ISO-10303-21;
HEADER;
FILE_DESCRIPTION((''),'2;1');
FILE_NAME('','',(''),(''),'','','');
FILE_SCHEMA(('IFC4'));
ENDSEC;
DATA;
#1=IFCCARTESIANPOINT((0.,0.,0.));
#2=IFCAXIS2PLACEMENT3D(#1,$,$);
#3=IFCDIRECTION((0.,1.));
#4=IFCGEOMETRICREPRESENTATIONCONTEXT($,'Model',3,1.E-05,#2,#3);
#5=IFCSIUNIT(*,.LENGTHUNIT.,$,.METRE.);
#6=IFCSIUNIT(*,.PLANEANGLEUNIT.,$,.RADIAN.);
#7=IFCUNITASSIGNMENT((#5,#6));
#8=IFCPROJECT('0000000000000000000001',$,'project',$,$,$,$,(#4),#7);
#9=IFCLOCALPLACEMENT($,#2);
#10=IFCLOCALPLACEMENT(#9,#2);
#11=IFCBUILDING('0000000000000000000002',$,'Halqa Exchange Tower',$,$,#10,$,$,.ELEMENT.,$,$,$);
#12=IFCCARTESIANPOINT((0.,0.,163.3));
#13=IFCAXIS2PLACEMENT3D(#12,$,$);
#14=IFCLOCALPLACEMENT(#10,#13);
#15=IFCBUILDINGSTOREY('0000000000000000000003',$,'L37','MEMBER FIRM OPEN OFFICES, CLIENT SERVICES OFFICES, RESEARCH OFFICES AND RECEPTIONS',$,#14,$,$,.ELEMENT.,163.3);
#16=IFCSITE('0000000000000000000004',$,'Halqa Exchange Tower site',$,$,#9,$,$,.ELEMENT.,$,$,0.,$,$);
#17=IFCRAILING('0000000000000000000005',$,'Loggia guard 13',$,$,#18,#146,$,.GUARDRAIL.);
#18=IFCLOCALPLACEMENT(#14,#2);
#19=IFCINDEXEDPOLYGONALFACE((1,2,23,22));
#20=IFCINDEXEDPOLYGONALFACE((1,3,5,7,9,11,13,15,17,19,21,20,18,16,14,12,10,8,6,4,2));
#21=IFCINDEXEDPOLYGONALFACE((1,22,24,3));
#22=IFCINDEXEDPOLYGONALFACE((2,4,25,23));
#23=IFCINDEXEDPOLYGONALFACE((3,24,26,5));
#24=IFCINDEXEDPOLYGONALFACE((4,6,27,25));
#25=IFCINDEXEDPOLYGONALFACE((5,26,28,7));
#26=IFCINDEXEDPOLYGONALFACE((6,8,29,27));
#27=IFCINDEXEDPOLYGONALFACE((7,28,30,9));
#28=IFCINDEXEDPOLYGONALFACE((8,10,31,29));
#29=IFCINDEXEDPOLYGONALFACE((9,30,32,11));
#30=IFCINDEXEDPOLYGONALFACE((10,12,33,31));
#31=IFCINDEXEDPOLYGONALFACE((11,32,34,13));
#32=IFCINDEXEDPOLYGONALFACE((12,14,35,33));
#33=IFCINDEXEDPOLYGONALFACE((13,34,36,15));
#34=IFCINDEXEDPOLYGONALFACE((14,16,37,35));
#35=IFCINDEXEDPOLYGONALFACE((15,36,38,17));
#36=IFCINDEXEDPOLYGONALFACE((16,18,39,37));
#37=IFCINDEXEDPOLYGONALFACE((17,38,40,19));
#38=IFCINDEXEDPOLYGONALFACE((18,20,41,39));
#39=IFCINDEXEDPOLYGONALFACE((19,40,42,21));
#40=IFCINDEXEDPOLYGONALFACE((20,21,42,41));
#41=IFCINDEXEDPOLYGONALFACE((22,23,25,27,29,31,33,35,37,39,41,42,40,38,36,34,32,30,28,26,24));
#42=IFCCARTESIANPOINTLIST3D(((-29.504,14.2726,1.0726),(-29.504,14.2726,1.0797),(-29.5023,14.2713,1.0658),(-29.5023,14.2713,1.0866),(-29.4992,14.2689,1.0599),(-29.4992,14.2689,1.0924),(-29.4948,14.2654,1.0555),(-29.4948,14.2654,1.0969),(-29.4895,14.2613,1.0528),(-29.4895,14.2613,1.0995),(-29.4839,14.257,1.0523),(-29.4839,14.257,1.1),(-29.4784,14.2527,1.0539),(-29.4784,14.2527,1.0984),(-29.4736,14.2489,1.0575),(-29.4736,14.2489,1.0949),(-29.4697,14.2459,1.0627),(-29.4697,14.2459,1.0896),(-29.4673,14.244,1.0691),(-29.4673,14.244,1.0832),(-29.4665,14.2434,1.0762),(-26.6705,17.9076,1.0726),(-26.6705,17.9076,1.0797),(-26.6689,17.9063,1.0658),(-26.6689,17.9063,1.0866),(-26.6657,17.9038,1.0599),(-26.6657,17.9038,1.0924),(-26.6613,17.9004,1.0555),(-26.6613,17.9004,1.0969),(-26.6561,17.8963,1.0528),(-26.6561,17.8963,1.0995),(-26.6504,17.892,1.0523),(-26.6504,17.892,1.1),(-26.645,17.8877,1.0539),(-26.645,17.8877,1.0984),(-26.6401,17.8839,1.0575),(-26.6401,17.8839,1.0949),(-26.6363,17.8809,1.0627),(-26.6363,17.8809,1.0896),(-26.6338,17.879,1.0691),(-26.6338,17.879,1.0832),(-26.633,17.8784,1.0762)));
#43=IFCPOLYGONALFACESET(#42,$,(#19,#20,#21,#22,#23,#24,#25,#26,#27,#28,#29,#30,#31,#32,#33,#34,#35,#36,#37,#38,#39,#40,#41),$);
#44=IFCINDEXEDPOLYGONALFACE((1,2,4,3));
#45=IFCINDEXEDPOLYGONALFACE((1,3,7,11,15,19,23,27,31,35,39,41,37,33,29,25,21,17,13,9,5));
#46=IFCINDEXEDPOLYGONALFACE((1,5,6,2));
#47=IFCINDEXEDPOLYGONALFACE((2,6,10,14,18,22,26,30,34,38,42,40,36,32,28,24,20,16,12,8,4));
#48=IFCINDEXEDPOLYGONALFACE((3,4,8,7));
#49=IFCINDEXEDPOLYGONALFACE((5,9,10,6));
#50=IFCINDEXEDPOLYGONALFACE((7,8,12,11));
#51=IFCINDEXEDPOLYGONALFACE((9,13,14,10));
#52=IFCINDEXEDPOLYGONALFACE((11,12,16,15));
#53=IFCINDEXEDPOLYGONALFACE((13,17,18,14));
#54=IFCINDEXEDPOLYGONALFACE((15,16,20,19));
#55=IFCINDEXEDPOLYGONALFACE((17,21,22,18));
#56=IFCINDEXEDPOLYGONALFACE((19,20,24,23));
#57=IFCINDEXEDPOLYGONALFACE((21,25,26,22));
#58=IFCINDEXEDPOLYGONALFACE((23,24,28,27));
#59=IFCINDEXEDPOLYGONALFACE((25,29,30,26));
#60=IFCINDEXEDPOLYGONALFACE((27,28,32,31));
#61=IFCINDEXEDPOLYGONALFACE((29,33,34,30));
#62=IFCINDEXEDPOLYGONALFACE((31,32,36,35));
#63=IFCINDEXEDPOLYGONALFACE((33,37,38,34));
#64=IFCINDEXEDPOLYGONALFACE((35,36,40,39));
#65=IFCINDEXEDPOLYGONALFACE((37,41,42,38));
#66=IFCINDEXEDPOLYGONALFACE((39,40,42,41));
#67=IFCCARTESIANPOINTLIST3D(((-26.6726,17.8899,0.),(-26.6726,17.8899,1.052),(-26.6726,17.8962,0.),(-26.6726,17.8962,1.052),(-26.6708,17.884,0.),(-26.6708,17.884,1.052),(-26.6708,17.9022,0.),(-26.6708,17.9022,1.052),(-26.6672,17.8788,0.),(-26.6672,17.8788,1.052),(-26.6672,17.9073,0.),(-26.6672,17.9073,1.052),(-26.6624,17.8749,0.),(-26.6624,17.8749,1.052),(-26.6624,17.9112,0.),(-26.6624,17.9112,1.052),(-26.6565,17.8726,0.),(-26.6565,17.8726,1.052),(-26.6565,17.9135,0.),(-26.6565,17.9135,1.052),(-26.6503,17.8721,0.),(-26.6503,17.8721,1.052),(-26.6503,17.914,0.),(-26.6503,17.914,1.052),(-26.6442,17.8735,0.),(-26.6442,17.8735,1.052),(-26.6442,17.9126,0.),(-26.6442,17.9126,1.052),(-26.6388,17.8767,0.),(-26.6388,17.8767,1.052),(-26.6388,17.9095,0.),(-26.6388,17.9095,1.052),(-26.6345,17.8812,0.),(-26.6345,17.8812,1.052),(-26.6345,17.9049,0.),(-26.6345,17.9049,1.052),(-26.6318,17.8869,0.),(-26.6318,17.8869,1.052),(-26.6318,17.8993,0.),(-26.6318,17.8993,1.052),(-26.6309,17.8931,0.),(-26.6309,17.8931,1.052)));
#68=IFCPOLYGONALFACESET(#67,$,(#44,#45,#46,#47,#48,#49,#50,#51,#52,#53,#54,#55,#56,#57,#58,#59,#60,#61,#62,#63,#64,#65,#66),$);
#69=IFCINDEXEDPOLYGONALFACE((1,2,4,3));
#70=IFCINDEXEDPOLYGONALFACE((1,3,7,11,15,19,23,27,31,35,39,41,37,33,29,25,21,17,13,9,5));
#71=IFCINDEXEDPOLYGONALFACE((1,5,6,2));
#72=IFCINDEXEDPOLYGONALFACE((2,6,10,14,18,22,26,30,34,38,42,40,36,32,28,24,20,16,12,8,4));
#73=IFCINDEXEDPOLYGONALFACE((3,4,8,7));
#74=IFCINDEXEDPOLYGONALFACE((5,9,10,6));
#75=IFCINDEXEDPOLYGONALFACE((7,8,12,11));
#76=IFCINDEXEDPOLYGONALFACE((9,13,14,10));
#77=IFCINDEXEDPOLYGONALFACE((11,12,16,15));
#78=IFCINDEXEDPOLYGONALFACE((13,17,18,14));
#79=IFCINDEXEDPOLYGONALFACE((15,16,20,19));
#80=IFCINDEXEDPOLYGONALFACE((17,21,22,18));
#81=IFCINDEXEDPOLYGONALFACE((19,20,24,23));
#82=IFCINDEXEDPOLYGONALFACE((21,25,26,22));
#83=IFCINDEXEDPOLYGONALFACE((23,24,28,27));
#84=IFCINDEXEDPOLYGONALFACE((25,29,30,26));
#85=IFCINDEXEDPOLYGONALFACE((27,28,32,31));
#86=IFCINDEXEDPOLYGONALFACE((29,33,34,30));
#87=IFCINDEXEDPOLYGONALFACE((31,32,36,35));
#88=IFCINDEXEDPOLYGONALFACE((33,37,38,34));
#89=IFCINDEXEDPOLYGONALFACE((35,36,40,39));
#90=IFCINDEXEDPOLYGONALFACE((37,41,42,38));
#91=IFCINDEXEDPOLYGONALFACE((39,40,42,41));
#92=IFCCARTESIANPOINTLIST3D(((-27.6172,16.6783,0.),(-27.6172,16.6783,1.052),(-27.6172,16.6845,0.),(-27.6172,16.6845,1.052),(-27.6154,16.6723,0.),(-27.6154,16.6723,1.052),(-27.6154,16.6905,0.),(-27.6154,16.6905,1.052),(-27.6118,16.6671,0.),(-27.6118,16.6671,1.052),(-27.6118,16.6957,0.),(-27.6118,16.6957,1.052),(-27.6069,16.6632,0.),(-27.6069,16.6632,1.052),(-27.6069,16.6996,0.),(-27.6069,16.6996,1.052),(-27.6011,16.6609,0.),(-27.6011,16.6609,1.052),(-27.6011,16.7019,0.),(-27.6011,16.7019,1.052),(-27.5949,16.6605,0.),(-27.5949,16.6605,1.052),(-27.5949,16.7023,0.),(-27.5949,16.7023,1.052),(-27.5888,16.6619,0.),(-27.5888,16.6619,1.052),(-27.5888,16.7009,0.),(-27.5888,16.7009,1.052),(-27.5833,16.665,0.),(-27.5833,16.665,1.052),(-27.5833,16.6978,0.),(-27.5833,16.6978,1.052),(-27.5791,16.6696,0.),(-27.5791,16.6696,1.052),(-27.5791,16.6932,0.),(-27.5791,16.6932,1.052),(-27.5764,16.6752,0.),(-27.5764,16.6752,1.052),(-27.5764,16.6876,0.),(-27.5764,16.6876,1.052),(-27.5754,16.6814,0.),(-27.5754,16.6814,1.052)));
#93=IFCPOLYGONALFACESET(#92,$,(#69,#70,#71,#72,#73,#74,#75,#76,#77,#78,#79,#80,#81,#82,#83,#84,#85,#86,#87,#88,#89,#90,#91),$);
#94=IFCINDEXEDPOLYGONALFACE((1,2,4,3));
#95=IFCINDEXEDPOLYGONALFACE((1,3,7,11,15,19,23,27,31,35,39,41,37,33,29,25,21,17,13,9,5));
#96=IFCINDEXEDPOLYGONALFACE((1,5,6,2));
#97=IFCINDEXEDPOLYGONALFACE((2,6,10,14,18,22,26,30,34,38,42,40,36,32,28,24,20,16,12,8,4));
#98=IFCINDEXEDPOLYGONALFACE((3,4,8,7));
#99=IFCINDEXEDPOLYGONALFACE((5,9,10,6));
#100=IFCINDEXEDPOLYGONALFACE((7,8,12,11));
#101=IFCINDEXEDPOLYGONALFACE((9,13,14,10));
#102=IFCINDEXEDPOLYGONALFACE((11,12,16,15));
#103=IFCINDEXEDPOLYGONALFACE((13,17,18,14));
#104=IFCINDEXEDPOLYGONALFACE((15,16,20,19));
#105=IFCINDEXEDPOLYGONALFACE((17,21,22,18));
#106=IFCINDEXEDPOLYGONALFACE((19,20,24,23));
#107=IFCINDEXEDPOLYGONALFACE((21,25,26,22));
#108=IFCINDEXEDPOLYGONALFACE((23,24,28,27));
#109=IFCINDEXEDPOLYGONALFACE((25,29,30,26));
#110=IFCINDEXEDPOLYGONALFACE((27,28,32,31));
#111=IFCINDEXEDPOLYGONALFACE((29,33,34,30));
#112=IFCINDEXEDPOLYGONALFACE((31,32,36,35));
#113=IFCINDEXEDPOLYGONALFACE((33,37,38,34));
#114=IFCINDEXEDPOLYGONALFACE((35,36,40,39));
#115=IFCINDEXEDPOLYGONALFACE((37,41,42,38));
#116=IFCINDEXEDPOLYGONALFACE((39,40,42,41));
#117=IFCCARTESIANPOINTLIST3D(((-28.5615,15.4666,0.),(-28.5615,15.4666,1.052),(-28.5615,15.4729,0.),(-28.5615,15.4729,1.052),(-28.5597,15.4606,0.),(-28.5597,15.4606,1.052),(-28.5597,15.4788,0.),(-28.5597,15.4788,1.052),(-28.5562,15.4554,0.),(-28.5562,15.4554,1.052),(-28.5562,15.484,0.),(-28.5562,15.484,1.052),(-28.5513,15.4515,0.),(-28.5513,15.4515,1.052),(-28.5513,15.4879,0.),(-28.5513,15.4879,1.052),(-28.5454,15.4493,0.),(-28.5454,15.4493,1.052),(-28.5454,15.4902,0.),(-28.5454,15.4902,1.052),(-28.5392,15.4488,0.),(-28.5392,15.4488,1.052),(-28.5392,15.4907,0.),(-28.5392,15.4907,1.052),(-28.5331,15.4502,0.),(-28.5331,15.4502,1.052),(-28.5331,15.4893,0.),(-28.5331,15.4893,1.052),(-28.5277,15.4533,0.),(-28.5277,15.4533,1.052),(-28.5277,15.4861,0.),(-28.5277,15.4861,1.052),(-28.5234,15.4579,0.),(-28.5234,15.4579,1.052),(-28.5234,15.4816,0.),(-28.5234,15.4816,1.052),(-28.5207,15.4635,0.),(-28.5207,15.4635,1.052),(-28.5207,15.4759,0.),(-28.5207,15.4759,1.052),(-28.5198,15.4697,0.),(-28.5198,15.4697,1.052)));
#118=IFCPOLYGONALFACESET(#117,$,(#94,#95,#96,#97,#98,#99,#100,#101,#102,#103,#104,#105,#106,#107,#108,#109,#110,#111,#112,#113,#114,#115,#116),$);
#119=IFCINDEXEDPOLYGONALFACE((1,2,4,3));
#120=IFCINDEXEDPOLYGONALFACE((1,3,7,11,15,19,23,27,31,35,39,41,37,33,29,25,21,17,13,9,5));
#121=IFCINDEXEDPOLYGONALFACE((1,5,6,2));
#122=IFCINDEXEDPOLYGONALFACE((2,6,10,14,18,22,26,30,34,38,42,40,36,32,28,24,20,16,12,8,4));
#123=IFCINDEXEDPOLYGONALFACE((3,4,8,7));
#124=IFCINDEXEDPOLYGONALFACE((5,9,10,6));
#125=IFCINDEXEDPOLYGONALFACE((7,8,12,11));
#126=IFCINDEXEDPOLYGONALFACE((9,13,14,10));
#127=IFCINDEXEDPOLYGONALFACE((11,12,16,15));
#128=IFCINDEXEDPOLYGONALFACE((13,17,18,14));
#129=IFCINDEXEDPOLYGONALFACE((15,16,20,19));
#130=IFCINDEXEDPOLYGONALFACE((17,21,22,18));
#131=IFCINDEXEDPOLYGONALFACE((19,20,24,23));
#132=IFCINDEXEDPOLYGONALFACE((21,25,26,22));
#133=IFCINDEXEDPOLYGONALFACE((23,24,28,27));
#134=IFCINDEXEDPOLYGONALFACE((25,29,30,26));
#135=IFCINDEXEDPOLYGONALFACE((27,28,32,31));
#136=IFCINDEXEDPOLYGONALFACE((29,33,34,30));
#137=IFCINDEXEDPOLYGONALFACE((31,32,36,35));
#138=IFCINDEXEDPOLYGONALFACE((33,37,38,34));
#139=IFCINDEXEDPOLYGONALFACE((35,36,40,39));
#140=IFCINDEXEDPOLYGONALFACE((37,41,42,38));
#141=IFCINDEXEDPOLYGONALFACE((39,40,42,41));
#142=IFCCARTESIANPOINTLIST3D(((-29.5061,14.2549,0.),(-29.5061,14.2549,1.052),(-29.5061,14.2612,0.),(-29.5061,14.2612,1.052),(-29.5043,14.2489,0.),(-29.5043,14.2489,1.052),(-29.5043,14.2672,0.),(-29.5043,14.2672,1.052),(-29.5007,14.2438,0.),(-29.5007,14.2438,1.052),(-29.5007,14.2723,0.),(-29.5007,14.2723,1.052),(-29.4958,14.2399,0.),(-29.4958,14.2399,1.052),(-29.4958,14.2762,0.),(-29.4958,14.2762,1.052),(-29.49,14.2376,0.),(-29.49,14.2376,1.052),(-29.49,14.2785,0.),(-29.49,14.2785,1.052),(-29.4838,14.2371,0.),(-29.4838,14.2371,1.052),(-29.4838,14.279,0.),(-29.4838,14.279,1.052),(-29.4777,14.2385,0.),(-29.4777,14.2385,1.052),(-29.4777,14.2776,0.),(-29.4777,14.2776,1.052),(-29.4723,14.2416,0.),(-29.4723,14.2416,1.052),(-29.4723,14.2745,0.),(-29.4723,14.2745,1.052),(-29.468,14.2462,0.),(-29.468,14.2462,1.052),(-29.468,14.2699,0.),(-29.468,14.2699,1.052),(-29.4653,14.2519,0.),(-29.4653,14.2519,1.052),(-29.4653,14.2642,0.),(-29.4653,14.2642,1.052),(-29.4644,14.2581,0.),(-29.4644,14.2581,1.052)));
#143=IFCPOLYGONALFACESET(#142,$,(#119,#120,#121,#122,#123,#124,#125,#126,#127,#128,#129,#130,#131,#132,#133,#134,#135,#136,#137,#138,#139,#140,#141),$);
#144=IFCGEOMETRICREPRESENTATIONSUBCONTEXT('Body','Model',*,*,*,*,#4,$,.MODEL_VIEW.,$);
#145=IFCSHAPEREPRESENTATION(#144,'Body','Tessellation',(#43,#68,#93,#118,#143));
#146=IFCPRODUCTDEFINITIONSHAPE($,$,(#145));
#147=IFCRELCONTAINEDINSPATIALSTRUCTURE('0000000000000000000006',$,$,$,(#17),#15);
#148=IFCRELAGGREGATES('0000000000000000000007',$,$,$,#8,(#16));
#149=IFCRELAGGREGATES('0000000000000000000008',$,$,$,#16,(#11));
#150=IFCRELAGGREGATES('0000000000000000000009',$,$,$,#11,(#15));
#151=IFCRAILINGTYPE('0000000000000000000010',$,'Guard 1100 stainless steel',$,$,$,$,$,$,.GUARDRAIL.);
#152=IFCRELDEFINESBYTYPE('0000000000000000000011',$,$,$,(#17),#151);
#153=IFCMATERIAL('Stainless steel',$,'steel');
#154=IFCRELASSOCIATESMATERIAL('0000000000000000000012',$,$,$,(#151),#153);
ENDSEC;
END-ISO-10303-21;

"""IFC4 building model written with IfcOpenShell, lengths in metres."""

from ifc_helpers import new_model, si_unit, direction, frame, origin, origin_2d, place, context, subcontext, project, spatial, circle, extrude, material, type_object, element, save


model = new_model("IFC4")

# Units and contexts
model_context = context("Model", 3, precision=1e-05, world=origin(), true_north=direction((0.0, 1.0)))
body_context = subcontext(model_context, "Body", "Model", "MODEL_VIEW")
ifc_project = project(units=[si_unit("LENGTHUNIT", "METRE"), si_unit("PLANEANGLEUNIT", "RADIAN")], contexts=[model_context])

# Site, building, storey
site_placement = place(None, origin())
site = spatial("IfcSite", under=ifc_project, at=site_placement, Name="Halqa Exchange Tower site", CompositionType="ELEMENT", RefElevation=0.0)
building_placement = place(site_placement, origin())
building = spatial("IfcBuilding", under=site, at=building_placement, Name="Halqa Exchange Tower", CompositionType="ELEMENT")
storey_placement = place(building_placement, frame((0.0, 0.0, 163.3)))
storey = spatial("IfcBuildingStorey", under=building, at=storey_placement, Name="L37", Description="MEMBER FIRM OPEN OFFICES, CLIENT SERVICES OFFICES, RESEARCH OFFICES AND RECEPTIONS", CompositionType="ELEMENT", Elevation=163.3)

# Railing
ifc_material_1 = material(Name="Stainless steel", Category="steel")
railing_type = type_object("IfcRailingType", Name="Guard 1100 stainless steel", PredefinedType="GUARDRAIL", material=ifc_material_1)
railing_1_placement = place(storey_placement, frame((-26.6519, 17.8931, 0.0)))
element("IfcRailing", 1, at=railing_1_placement, inside=storey, type_object=railing_type, Name="Loggia guard 13", PredefinedType="GUARDRAIL", context=body_context, shape_type="SweptSolid", body=[
    extrude(circle(Radius=0.0239, at=origin_2d()), frame((0.0, 0.0, 1.0762), z_axis=(-0.614787, -0.788693, 0.0), x_axis=(0.788693, -0.614787, 0.0)), (0.0, 0.0, 1.0), 4.6089),
    extrude(circle(Radius=0.021, at=origin_2d()), origin(), (0.0, 0.0, 1.0), 1.052),
    extrude(circle(Radius=0.021, at=origin_2d()), frame((-0.9446, -1.2117, 0.0)), (0.0, 0.0, 1.0), 1.052),
    extrude(circle(Radius=0.021, at=origin_2d()), frame((-1.8889, -2.4233, 0.0)), (0.0, 0.0, 1.0), 1.052),
    extrude(circle(Radius=0.021, at=origin_2d()), frame((-2.8335, -3.635, 0.0)), (0.0, 0.0, 1.0), 1.052),
])

save(model, "model.ifc")
